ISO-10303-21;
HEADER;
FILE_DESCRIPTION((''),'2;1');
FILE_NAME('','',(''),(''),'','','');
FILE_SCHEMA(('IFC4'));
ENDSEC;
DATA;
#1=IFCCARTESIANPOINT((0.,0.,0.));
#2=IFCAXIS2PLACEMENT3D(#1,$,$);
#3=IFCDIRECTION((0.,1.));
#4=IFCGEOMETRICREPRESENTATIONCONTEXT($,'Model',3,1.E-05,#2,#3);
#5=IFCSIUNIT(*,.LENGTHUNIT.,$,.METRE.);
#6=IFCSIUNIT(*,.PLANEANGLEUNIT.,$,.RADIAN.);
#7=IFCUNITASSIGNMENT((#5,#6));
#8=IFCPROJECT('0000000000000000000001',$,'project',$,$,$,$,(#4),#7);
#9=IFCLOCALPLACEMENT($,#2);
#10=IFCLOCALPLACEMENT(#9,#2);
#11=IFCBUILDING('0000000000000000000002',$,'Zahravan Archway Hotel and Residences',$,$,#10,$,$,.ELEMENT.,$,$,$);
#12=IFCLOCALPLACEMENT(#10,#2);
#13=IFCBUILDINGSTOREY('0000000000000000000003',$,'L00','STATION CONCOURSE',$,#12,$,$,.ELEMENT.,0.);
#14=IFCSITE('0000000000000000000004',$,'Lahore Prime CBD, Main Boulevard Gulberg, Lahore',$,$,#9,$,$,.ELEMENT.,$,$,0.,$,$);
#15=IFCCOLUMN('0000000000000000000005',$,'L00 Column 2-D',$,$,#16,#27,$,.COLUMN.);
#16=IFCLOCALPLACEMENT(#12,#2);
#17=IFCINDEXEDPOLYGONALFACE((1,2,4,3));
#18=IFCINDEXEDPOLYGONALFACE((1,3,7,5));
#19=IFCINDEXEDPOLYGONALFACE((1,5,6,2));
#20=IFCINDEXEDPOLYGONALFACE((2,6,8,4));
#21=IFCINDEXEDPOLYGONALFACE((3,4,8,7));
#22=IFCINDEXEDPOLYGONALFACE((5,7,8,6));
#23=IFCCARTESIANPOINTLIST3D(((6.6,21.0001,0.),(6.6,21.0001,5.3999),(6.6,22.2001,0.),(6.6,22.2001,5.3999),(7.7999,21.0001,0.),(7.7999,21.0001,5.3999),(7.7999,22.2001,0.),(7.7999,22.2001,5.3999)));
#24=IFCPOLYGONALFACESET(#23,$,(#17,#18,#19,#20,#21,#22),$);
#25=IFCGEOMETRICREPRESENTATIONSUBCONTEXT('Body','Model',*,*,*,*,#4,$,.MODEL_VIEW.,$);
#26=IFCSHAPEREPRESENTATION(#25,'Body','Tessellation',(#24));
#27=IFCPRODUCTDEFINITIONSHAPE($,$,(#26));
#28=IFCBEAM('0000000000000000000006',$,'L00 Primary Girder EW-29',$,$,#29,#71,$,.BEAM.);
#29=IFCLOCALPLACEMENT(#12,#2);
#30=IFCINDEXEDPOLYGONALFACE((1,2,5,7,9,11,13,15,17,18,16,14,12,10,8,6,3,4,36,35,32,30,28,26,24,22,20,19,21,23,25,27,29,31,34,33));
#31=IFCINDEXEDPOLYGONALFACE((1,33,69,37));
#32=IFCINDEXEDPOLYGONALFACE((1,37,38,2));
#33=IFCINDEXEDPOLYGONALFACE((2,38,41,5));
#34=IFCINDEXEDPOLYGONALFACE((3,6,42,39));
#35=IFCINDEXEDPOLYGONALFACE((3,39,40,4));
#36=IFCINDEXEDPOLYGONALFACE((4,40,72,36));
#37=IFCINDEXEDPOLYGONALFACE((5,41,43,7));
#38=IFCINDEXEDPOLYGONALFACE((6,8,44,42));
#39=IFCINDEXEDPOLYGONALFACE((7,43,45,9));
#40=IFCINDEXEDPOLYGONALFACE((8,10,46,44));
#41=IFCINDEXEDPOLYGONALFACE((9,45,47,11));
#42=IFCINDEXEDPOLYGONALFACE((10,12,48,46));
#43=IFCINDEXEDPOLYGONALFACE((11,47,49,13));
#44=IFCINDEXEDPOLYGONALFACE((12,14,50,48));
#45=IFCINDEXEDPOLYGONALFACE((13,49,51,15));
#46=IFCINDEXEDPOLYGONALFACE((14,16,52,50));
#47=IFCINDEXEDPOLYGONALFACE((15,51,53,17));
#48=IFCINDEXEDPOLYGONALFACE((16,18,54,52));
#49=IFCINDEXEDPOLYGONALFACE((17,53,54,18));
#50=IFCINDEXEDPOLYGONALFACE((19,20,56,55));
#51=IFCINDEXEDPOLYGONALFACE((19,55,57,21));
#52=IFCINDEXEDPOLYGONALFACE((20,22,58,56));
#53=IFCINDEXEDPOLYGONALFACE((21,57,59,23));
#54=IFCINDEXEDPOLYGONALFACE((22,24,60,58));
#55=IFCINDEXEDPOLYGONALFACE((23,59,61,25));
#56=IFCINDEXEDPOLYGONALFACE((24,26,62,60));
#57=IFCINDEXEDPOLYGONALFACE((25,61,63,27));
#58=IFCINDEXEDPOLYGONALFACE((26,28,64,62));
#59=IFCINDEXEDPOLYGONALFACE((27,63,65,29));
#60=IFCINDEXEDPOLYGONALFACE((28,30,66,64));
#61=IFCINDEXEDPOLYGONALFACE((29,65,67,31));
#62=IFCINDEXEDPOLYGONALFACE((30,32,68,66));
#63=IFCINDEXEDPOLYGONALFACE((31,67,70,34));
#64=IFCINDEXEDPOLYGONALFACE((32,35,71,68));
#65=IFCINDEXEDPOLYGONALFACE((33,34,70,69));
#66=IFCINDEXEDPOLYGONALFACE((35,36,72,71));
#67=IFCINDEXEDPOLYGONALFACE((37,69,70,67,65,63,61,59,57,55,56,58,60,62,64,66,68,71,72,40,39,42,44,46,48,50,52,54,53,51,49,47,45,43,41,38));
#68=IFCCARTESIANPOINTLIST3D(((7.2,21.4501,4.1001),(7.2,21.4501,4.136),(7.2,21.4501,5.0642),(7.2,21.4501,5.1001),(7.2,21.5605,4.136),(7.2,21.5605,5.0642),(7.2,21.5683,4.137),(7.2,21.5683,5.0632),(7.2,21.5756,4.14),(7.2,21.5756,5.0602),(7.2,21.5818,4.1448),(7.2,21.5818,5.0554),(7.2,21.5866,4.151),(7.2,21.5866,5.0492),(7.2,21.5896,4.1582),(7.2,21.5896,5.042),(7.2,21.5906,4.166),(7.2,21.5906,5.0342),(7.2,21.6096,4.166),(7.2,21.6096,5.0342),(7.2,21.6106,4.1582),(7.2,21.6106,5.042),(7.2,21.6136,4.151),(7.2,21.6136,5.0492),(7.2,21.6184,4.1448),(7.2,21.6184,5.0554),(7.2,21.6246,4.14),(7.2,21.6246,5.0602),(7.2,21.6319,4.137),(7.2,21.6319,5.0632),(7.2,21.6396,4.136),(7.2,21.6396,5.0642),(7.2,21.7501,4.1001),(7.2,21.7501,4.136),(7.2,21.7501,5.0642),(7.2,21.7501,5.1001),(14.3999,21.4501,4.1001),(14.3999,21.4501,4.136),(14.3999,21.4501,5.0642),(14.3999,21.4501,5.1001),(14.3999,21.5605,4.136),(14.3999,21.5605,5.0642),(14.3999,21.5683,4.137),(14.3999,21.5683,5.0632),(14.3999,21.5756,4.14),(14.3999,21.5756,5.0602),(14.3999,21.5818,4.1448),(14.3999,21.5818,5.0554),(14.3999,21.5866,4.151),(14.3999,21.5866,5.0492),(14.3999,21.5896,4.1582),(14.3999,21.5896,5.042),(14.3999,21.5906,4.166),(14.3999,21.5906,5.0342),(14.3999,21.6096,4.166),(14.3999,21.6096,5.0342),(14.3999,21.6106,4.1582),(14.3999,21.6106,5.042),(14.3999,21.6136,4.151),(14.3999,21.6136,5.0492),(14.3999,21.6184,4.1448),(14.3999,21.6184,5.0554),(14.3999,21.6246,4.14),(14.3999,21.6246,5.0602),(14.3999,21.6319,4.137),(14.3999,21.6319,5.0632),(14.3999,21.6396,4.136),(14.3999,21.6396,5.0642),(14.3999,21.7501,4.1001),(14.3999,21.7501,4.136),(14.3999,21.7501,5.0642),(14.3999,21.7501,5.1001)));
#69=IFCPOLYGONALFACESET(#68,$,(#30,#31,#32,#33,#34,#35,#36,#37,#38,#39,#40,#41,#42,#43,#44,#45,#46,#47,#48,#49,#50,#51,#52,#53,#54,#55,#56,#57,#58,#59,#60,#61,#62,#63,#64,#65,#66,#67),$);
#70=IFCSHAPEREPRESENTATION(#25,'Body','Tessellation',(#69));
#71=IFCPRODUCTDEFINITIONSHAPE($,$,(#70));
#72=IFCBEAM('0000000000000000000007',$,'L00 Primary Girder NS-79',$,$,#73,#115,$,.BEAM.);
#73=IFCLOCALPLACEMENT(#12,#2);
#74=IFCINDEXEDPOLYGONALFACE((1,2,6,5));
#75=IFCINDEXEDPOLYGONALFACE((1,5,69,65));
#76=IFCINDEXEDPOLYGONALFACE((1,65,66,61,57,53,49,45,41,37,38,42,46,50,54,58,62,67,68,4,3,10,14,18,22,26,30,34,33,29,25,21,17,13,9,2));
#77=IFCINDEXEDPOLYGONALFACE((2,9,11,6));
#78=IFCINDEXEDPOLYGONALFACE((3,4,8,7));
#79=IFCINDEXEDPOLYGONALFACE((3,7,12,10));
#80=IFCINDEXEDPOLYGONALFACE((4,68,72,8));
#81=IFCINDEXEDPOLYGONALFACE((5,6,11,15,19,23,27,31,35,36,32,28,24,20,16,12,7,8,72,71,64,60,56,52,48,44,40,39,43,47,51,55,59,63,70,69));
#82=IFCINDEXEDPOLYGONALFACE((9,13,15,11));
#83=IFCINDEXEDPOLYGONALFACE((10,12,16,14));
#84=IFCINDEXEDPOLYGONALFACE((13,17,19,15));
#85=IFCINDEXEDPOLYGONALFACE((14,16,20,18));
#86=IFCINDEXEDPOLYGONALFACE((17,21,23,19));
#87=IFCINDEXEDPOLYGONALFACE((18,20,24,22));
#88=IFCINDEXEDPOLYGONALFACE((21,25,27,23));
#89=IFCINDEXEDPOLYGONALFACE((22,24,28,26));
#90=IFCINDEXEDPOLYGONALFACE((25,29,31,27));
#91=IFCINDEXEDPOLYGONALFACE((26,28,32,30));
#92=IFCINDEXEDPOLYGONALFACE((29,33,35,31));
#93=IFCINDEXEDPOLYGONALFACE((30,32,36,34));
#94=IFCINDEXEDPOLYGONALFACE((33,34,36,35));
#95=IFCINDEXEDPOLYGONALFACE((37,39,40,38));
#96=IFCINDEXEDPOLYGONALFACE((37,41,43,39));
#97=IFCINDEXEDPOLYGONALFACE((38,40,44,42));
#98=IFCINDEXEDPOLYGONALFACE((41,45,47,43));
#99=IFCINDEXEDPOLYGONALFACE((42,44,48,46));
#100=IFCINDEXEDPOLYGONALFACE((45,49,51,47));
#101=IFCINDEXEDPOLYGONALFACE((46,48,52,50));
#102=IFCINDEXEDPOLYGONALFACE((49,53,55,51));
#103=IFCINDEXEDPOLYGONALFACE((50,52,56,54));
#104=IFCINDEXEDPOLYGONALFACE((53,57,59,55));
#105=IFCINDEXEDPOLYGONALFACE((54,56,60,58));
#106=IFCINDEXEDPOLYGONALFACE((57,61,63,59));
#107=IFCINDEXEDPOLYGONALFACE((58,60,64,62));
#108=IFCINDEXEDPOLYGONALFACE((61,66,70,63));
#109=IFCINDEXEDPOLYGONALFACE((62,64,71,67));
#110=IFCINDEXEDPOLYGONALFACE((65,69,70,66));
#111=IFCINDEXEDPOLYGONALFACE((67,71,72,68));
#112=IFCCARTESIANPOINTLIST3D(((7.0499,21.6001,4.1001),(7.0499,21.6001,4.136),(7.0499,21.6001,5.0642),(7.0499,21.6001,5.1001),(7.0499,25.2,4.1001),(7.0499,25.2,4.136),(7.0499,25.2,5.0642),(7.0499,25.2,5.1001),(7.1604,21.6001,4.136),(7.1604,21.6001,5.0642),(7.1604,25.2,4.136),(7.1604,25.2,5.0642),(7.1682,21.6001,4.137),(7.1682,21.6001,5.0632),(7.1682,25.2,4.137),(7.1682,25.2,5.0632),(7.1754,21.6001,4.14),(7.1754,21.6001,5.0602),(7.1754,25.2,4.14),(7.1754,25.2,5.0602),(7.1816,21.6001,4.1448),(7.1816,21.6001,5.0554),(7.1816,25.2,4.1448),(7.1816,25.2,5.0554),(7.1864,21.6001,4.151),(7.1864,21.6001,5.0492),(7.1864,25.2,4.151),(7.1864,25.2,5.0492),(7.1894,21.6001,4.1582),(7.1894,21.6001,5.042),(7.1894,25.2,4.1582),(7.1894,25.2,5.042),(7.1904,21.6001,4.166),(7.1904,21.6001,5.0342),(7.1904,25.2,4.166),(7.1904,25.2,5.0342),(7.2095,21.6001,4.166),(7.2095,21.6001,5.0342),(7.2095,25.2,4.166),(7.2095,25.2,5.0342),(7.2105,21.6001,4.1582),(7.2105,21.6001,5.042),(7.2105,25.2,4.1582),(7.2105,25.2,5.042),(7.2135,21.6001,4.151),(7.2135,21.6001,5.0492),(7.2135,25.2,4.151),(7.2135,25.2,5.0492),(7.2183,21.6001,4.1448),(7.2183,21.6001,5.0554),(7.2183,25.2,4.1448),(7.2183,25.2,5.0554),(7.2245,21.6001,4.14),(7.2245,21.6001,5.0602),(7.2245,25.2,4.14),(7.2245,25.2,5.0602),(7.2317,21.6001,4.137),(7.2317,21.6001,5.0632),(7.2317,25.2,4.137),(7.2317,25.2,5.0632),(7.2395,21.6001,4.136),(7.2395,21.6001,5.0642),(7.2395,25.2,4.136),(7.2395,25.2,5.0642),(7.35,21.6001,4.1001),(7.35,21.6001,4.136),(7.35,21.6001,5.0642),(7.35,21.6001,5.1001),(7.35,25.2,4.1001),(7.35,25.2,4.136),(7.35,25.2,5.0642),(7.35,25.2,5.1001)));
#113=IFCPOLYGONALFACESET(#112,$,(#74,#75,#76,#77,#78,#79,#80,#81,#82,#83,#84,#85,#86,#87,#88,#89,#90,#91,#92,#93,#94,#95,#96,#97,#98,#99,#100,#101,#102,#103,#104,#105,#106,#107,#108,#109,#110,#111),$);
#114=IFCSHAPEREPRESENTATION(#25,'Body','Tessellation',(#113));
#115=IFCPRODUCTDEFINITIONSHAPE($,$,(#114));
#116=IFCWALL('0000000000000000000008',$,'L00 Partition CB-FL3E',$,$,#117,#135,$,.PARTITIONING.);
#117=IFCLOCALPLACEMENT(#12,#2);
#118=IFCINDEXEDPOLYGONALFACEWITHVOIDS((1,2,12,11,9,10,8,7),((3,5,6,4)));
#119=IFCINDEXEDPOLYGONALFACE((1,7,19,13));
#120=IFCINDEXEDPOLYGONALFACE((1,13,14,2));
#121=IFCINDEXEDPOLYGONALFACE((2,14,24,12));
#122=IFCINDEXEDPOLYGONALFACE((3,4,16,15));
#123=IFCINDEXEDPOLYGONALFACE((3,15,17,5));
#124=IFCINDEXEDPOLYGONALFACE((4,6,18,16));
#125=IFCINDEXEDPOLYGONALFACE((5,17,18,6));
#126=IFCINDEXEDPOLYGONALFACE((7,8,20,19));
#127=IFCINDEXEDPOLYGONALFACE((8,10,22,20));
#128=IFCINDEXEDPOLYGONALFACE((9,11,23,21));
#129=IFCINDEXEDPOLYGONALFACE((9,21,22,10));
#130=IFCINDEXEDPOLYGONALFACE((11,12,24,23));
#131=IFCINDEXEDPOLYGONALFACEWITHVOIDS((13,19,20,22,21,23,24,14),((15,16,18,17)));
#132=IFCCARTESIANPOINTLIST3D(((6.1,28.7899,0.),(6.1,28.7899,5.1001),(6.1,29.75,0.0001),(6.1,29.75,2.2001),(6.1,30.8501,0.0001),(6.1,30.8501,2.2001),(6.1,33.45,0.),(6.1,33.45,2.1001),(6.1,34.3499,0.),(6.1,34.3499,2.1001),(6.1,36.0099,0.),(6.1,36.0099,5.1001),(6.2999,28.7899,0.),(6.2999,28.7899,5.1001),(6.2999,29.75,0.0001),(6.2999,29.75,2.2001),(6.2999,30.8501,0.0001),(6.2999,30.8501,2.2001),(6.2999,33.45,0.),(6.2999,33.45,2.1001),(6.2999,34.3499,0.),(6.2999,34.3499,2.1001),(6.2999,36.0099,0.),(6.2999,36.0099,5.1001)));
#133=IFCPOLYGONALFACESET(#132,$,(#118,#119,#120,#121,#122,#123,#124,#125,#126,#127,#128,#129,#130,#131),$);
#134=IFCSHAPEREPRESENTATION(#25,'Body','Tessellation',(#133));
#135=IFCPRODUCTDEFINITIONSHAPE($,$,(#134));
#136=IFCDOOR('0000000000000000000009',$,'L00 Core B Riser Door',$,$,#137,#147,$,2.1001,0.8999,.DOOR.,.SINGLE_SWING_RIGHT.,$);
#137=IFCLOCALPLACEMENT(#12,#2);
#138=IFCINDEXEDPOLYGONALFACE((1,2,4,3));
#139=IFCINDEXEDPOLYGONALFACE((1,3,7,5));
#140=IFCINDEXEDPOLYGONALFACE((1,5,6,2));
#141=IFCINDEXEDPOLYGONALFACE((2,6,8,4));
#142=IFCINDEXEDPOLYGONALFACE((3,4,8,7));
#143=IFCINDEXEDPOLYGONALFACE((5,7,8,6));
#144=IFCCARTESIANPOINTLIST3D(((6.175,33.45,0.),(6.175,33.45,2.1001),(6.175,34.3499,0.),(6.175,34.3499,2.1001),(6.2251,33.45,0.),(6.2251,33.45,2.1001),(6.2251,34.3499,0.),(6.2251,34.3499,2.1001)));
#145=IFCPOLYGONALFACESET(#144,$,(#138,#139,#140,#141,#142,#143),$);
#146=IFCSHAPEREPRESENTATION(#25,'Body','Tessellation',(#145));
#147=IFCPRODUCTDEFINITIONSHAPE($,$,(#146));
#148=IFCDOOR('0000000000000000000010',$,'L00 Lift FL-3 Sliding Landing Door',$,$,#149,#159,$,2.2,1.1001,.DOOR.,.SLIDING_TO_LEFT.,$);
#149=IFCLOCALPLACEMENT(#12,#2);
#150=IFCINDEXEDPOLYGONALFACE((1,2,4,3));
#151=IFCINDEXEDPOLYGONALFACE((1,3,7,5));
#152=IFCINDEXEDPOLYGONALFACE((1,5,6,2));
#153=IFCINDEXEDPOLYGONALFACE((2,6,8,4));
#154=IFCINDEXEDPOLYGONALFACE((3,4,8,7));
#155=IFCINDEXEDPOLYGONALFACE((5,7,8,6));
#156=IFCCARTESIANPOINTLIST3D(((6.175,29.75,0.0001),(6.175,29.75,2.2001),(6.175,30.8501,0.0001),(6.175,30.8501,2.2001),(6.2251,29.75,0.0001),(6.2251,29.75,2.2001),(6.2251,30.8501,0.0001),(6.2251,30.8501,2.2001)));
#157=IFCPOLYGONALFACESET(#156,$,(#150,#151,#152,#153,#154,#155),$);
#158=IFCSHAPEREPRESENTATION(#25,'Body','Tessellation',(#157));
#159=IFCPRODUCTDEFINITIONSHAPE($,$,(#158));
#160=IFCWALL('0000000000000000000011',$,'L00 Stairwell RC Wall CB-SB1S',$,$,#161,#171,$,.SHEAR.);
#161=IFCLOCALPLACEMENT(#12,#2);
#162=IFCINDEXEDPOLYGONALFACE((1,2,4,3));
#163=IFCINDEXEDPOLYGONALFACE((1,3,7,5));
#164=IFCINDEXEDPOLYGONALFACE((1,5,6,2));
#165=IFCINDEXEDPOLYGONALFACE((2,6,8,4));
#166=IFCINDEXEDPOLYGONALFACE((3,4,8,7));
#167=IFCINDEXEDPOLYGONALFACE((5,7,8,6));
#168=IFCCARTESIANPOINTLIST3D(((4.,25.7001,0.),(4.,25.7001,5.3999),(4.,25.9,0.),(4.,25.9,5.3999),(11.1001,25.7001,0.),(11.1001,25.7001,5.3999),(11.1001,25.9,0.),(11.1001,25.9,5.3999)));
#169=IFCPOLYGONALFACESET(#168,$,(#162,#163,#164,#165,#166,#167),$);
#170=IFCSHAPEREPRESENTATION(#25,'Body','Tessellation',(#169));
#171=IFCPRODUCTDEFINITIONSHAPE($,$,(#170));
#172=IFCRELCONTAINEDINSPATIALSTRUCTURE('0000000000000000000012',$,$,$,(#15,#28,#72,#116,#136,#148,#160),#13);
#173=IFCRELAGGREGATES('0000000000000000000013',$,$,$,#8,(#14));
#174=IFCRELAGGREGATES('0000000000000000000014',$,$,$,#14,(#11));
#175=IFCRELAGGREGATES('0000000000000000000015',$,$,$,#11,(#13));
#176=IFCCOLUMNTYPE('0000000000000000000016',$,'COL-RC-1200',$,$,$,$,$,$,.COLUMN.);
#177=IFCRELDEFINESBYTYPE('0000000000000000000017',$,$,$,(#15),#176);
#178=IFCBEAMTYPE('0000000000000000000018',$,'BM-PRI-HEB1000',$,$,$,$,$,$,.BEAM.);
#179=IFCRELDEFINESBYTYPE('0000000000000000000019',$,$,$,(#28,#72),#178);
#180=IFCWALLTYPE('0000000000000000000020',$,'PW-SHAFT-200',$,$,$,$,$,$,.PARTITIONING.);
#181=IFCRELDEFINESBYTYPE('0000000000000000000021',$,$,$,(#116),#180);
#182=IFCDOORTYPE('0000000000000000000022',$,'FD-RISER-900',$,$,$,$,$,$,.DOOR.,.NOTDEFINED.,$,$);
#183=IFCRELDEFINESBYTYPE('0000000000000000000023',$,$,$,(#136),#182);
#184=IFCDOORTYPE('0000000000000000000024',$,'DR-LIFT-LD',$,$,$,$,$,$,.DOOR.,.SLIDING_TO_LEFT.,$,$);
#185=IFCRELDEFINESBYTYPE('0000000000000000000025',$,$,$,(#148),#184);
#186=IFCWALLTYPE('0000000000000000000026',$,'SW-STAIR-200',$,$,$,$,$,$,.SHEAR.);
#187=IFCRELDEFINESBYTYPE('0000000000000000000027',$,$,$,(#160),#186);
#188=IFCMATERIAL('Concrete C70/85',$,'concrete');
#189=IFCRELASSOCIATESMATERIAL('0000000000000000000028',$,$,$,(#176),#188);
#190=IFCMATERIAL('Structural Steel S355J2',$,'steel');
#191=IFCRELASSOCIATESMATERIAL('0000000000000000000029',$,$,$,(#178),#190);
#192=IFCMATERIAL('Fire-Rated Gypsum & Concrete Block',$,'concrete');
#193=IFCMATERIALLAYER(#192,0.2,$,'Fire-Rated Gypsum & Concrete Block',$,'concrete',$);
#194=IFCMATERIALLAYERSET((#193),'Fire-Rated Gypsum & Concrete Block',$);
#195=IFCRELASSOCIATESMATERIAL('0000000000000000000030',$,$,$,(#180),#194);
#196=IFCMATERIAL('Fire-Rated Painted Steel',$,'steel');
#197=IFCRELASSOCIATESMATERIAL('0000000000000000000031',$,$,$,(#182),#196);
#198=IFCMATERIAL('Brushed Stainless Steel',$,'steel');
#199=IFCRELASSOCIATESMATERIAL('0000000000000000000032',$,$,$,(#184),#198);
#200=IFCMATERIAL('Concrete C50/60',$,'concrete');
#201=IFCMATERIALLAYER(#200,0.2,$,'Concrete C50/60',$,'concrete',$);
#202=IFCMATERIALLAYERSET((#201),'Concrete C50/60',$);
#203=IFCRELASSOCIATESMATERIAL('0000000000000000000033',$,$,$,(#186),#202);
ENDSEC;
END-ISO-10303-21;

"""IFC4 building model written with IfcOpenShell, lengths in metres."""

from ifc_helpers import new_model, si_unit, direction, frame, frame_2d, origin, origin_2d, place, context, subcontext, project, spatial, rectangle, i_section, extrude, source, transform, mapped, material, layer, layer_set, material_profile, profile_set, type_object, type_shapes, element, fill, save


model = new_model("IFC4")

# Units and contexts
model_context = context("Model", 3, precision=1e-05, world=origin(), true_north=direction((0.0, 1.0)))
body_context = subcontext(model_context, "Body", "Model", "MODEL_VIEW")
ifc_project = project(units=[si_unit("LENGTHUNIT", "METRE"), si_unit("PLANEANGLEUNIT", "RADIAN")], contexts=[model_context])

# Site, building, storey
site_placement = place(None, origin())
site = spatial("IfcSite", under=ifc_project, at=site_placement, Name="Lahore Prime CBD, Main Boulevard Gulberg, Lahore", CompositionType="ELEMENT", RefElevation=0.0)
building_placement = place(site_placement, origin())
building = spatial("IfcBuilding", under=site, at=building_placement, Name="Zahravan Archway Hotel and Residences", CompositionType="ELEMENT")
storey_placement = place(building_placement, origin())
storey = spatial("IfcBuildingStorey", under=building, at=storey_placement, Name="L00", Description="STATION CONCOURSE", CompositionType="ELEMENT", Elevation=0.0)

# Column
ifc_material_1 = material(Name="Concrete C70/85", Category="concrete")
ifc_material_profile_1 = material_profile(ifc_material_1, rectangle(XDim=1.2, YDim=1.2, at=origin_2d()), Name="RC-COL-1200x1200", Category="concrete")
ifc_profile_set_1 = profile_set([ifc_material_profile_1], Name="Concrete C70/85")
column_type = type_object("IfcColumnType", Name="COL-RC-1200", PredefinedType="COLUMN", material=ifc_profile_set_1)
shared_shape_1 = source(origin(), body_context, "Body", "SweptSolid", [
    extrude(rectangle(XDim=1.2, YDim=1.2, at=origin_2d()), origin(), (0.0, 0.0, 1.0), 5.3999),
])
column_placement = place(storey_placement, frame((7.2, 21.6001, 0.0), z_axis=(0.0, 0.0, 1.0), x_axis=(1.0, 0.0, 0.0)))
element("IfcColumn", 1, at=column_placement, inside=storey, type_object=column_type, Name="L00 Column 2-D", PredefinedType="COLUMN", context=body_context, shape_type="MappedRepresentation", body=[
    mapped(shared_shape_1, transform((0.0, 0.0, 0.0), scale=1.0)),
])

# Beams
ifc_material_2 = material(Name="Structural Steel S355J2", Category="steel")
ifc_material_profile_2 = material_profile(ifc_material_2, i_section(OverallWidth=0.3, OverallDepth=1.0, WebThickness=0.019, FlangeThickness=0.0359, FilletRadius=0.03, at=origin_2d()), Name="HEB 1000", Category="steel")
ifc_profile_set_2 = profile_set([ifc_material_profile_2], Name="Structural Steel S355J2")
beam_type = type_object("IfcBeamType", Name="BM-PRI-HEB1000", PredefinedType="BEAM", material=ifc_profile_set_2)
shared_shape_2 = source(origin(), body_context, "Body", "SweptSolid", [
    extrude(i_section(OverallWidth=0.3, OverallDepth=1.0, WebThickness=0.019, FlangeThickness=0.0359, FilletRadius=0.03, at=origin_2d()), origin(), (0.0, 0.0, 1.0), 7.2),
])
beam_1_placement = place(storey_placement, frame((7.2, 21.6001, 4.6001), z_axis=(1.0, 0.0, 0.0), x_axis=(0.0, 1.0, 0.0)))
element("IfcBeam", 2, at=beam_1_placement, inside=storey, type_object=beam_type, Name="L00 Primary Girder EW-29", PredefinedType="BEAM", context=body_context, shape_type="MappedRepresentation", body=[
    mapped(shared_shape_2, transform((0.0, 0.0, 0.0), scale=1.0)),
])
shared_shape_3 = source(origin(), body_context, "Body", "SweptSolid", [
    extrude(i_section(OverallWidth=0.3, OverallDepth=1.0, WebThickness=0.019, FlangeThickness=0.0359, FilletRadius=0.03, at=origin_2d()), origin(), (0.0, 0.0, 1.0), 3.5999),
])
beam_2_placement = place(storey_placement, frame((7.2, 21.6001, 4.6001), z_axis=(0.0, 1.0, 0.0), x_axis=(-1.0, 0.0, 0.0)))
element("IfcBeam", 3, at=beam_2_placement, inside=storey, type_object=beam_type, Name="L00 Primary Girder NS-79", PredefinedType="BEAM", context=body_context, shape_type="MappedRepresentation", body=[
    mapped(shared_shape_3, transform((0.0, 0.0, 0.0), scale=1.0)),
])

# Wall, openings, doors
ifc_material_3 = material(Name="Fire-Rated Gypsum & Concrete Block", Category="concrete")
ifc_layer_1 = layer(ifc_material_3, 0.2, Name="Fire-Rated Gypsum & Concrete Block", Category="concrete")
ifc_layer_set_1 = layer_set([ifc_layer_1], Name="Fire-Rated Gypsum & Concrete Block")
wall_type_1 = type_object("IfcWallType", Name="PW-SHAFT-200", PredefinedType="PARTITIONING", material=ifc_layer_set_1)
wall_1_placement = place(storey_placement, frame((6.2, 28.79, 0.0), z_axis=(0.0, 0.0, 1.0), x_axis=(0.0, 1.0, 0.0)))
wall_1 = element("IfcWall", 4, at=wall_1_placement, inside=storey, type_object=wall_type_1, Name="L00 Partition CB-FL3E", PredefinedType="PARTITIONING", context=body_context, shape_type="SweptSolid", body=[
    extrude(rectangle(XDim=7.22, YDim=0.2, at=frame_2d((3.6099, 0.0))), origin(), (0.0, 0.0, 1.0), 5.1001),
])
opening_1_placement = place(wall_1_placement, frame((4.6599, 0.0, 0.0)))
opening_1 = element("IfcOpeningElement", 5, at=opening_1_placement, cuts=wall_1, PredefinedType="OPENING", context=body_context, shape_type="SweptSolid", body=[
    extrude(rectangle(XDim=0.8999, YDim=2.1001, at=frame_2d((0.45, 1.05))), frame((0.0, 0.1099, 0.0), z_axis=(0.0, -1.0, 0.0), x_axis=(1.0, 0.0, 0.0)), (0.0, 0.0, 1.0), 0.22),
])
opening_2_placement = place(wall_1_placement, frame((0.96, 0.0, 0.0)))
opening_2 = element("IfcOpeningElement", 6, at=opening_2_placement, cuts=wall_1, PredefinedType="OPENING", context=body_context, shape_type="SweptSolid", body=[
    extrude(rectangle(XDim=1.1001, YDim=2.2, at=frame_2d((0.55, 1.1001))), frame((0.0, 0.1099, 0.0), z_axis=(0.0, -1.0, 0.0), x_axis=(1.0, 0.0, 0.0)), (0.0, 0.0, 1.0), 0.22),
])
ifc_material_4 = material(Name="Fire-Rated Painted Steel", Category="steel")
door_type_1 = type_object("IfcDoorType", Name="FD-RISER-900", OperationType="NOTDEFINED", PredefinedType="DOOR", material=ifc_material_4)
shared_shape_4 = source(origin(), body_context, "Body", "SweptSolid", [
    extrude(rectangle(XDim=0.8999, YDim=2.1001, at=frame_2d((0.45, 1.05))), frame((0.0, 0.0249, 0.0), z_axis=(0.0, -1.0, 0.0), x_axis=(1.0, 0.0, 0.0)), (0.0, 0.0, 1.0), 0.05),
])
type_shapes(door_type_1, [shared_shape_4])
door_1_placement = place(opening_1_placement, origin())
door_1 = element("IfcDoor", 7, at=door_1_placement, inside=storey, type_object=door_type_1, Name="L00 Core B Riser Door", OperationType="SINGLE_SWING_RIGHT", OverallHeight=2.1001, OverallWidth=0.8999, PredefinedType="DOOR", context=body_context, shape_type="MappedRepresentation", body=[
    mapped(shared_shape_4, transform((0.0, 0.0, 0.0), scale=1.0)),
])
fill(opening_1, door_1)
ifc_material_5 = material(Name="Brushed Stainless Steel", Category="steel")
door_type_2 = type_object("IfcDoorType", Name="DR-LIFT-LD", OperationType="SLIDING_TO_LEFT", PredefinedType="DOOR", material=ifc_material_5)
shared_shape_5 = source(origin(), body_context, "Body", "SweptSolid", [
    extrude(rectangle(XDim=1.1001, YDim=2.2, at=frame_2d((0.55, 1.1001))), frame((0.0, 0.0249, 0.0), z_axis=(0.0, -1.0, 0.0), x_axis=(1.0, 0.0, 0.0)), (0.0, 0.0, 1.0), 0.05),
])
type_shapes(door_type_2, [shared_shape_5])
door_2_placement = place(opening_2_placement, origin())
door_2 = element("IfcDoor", 8, at=door_2_placement, inside=storey, type_object=door_type_2, Name="L00 Lift FL-3 Sliding Landing Door", OperationType="SLIDING_TO_LEFT", OverallHeight=2.2, OverallWidth=1.1001, PredefinedType="DOOR", context=body_context, shape_type="MappedRepresentation", body=[
    mapped(shared_shape_5, transform((0.0, 0.0, 0.0), scale=1.0)),
])
fill(opening_2, door_2)

# Wall
ifc_material_6 = material(Name="Concrete C50/60", Category="concrete")
ifc_layer_2 = layer(ifc_material_6, 0.2, Name="Concrete C50/60", Category="concrete")
ifc_layer_set_2 = layer_set([ifc_layer_2], Name="Concrete C50/60")
wall_type_2 = type_object("IfcWallType", Name="SW-STAIR-200", PredefinedType="SHEAR", material=ifc_layer_set_2)
wall_2_placement = place(storey_placement, frame((4.0, 25.8, 0.0), z_axis=(0.0, 0.0, 1.0), x_axis=(1.0, 0.0, 0.0)))
element("IfcWall", 9, at=wall_2_placement, inside=storey, type_object=wall_type_2, Name="L00 Stairwell RC Wall CB-SB1S", PredefinedType="SHEAR", context=body_context, shape_type="SweptSolid", body=[
    extrude(rectangle(XDim=7.1001, YDim=0.2, at=frame_2d((3.55, 0.0))), origin(), (0.0, 0.0, 1.0), 5.3999),
])

save(model, "model.ifc")
